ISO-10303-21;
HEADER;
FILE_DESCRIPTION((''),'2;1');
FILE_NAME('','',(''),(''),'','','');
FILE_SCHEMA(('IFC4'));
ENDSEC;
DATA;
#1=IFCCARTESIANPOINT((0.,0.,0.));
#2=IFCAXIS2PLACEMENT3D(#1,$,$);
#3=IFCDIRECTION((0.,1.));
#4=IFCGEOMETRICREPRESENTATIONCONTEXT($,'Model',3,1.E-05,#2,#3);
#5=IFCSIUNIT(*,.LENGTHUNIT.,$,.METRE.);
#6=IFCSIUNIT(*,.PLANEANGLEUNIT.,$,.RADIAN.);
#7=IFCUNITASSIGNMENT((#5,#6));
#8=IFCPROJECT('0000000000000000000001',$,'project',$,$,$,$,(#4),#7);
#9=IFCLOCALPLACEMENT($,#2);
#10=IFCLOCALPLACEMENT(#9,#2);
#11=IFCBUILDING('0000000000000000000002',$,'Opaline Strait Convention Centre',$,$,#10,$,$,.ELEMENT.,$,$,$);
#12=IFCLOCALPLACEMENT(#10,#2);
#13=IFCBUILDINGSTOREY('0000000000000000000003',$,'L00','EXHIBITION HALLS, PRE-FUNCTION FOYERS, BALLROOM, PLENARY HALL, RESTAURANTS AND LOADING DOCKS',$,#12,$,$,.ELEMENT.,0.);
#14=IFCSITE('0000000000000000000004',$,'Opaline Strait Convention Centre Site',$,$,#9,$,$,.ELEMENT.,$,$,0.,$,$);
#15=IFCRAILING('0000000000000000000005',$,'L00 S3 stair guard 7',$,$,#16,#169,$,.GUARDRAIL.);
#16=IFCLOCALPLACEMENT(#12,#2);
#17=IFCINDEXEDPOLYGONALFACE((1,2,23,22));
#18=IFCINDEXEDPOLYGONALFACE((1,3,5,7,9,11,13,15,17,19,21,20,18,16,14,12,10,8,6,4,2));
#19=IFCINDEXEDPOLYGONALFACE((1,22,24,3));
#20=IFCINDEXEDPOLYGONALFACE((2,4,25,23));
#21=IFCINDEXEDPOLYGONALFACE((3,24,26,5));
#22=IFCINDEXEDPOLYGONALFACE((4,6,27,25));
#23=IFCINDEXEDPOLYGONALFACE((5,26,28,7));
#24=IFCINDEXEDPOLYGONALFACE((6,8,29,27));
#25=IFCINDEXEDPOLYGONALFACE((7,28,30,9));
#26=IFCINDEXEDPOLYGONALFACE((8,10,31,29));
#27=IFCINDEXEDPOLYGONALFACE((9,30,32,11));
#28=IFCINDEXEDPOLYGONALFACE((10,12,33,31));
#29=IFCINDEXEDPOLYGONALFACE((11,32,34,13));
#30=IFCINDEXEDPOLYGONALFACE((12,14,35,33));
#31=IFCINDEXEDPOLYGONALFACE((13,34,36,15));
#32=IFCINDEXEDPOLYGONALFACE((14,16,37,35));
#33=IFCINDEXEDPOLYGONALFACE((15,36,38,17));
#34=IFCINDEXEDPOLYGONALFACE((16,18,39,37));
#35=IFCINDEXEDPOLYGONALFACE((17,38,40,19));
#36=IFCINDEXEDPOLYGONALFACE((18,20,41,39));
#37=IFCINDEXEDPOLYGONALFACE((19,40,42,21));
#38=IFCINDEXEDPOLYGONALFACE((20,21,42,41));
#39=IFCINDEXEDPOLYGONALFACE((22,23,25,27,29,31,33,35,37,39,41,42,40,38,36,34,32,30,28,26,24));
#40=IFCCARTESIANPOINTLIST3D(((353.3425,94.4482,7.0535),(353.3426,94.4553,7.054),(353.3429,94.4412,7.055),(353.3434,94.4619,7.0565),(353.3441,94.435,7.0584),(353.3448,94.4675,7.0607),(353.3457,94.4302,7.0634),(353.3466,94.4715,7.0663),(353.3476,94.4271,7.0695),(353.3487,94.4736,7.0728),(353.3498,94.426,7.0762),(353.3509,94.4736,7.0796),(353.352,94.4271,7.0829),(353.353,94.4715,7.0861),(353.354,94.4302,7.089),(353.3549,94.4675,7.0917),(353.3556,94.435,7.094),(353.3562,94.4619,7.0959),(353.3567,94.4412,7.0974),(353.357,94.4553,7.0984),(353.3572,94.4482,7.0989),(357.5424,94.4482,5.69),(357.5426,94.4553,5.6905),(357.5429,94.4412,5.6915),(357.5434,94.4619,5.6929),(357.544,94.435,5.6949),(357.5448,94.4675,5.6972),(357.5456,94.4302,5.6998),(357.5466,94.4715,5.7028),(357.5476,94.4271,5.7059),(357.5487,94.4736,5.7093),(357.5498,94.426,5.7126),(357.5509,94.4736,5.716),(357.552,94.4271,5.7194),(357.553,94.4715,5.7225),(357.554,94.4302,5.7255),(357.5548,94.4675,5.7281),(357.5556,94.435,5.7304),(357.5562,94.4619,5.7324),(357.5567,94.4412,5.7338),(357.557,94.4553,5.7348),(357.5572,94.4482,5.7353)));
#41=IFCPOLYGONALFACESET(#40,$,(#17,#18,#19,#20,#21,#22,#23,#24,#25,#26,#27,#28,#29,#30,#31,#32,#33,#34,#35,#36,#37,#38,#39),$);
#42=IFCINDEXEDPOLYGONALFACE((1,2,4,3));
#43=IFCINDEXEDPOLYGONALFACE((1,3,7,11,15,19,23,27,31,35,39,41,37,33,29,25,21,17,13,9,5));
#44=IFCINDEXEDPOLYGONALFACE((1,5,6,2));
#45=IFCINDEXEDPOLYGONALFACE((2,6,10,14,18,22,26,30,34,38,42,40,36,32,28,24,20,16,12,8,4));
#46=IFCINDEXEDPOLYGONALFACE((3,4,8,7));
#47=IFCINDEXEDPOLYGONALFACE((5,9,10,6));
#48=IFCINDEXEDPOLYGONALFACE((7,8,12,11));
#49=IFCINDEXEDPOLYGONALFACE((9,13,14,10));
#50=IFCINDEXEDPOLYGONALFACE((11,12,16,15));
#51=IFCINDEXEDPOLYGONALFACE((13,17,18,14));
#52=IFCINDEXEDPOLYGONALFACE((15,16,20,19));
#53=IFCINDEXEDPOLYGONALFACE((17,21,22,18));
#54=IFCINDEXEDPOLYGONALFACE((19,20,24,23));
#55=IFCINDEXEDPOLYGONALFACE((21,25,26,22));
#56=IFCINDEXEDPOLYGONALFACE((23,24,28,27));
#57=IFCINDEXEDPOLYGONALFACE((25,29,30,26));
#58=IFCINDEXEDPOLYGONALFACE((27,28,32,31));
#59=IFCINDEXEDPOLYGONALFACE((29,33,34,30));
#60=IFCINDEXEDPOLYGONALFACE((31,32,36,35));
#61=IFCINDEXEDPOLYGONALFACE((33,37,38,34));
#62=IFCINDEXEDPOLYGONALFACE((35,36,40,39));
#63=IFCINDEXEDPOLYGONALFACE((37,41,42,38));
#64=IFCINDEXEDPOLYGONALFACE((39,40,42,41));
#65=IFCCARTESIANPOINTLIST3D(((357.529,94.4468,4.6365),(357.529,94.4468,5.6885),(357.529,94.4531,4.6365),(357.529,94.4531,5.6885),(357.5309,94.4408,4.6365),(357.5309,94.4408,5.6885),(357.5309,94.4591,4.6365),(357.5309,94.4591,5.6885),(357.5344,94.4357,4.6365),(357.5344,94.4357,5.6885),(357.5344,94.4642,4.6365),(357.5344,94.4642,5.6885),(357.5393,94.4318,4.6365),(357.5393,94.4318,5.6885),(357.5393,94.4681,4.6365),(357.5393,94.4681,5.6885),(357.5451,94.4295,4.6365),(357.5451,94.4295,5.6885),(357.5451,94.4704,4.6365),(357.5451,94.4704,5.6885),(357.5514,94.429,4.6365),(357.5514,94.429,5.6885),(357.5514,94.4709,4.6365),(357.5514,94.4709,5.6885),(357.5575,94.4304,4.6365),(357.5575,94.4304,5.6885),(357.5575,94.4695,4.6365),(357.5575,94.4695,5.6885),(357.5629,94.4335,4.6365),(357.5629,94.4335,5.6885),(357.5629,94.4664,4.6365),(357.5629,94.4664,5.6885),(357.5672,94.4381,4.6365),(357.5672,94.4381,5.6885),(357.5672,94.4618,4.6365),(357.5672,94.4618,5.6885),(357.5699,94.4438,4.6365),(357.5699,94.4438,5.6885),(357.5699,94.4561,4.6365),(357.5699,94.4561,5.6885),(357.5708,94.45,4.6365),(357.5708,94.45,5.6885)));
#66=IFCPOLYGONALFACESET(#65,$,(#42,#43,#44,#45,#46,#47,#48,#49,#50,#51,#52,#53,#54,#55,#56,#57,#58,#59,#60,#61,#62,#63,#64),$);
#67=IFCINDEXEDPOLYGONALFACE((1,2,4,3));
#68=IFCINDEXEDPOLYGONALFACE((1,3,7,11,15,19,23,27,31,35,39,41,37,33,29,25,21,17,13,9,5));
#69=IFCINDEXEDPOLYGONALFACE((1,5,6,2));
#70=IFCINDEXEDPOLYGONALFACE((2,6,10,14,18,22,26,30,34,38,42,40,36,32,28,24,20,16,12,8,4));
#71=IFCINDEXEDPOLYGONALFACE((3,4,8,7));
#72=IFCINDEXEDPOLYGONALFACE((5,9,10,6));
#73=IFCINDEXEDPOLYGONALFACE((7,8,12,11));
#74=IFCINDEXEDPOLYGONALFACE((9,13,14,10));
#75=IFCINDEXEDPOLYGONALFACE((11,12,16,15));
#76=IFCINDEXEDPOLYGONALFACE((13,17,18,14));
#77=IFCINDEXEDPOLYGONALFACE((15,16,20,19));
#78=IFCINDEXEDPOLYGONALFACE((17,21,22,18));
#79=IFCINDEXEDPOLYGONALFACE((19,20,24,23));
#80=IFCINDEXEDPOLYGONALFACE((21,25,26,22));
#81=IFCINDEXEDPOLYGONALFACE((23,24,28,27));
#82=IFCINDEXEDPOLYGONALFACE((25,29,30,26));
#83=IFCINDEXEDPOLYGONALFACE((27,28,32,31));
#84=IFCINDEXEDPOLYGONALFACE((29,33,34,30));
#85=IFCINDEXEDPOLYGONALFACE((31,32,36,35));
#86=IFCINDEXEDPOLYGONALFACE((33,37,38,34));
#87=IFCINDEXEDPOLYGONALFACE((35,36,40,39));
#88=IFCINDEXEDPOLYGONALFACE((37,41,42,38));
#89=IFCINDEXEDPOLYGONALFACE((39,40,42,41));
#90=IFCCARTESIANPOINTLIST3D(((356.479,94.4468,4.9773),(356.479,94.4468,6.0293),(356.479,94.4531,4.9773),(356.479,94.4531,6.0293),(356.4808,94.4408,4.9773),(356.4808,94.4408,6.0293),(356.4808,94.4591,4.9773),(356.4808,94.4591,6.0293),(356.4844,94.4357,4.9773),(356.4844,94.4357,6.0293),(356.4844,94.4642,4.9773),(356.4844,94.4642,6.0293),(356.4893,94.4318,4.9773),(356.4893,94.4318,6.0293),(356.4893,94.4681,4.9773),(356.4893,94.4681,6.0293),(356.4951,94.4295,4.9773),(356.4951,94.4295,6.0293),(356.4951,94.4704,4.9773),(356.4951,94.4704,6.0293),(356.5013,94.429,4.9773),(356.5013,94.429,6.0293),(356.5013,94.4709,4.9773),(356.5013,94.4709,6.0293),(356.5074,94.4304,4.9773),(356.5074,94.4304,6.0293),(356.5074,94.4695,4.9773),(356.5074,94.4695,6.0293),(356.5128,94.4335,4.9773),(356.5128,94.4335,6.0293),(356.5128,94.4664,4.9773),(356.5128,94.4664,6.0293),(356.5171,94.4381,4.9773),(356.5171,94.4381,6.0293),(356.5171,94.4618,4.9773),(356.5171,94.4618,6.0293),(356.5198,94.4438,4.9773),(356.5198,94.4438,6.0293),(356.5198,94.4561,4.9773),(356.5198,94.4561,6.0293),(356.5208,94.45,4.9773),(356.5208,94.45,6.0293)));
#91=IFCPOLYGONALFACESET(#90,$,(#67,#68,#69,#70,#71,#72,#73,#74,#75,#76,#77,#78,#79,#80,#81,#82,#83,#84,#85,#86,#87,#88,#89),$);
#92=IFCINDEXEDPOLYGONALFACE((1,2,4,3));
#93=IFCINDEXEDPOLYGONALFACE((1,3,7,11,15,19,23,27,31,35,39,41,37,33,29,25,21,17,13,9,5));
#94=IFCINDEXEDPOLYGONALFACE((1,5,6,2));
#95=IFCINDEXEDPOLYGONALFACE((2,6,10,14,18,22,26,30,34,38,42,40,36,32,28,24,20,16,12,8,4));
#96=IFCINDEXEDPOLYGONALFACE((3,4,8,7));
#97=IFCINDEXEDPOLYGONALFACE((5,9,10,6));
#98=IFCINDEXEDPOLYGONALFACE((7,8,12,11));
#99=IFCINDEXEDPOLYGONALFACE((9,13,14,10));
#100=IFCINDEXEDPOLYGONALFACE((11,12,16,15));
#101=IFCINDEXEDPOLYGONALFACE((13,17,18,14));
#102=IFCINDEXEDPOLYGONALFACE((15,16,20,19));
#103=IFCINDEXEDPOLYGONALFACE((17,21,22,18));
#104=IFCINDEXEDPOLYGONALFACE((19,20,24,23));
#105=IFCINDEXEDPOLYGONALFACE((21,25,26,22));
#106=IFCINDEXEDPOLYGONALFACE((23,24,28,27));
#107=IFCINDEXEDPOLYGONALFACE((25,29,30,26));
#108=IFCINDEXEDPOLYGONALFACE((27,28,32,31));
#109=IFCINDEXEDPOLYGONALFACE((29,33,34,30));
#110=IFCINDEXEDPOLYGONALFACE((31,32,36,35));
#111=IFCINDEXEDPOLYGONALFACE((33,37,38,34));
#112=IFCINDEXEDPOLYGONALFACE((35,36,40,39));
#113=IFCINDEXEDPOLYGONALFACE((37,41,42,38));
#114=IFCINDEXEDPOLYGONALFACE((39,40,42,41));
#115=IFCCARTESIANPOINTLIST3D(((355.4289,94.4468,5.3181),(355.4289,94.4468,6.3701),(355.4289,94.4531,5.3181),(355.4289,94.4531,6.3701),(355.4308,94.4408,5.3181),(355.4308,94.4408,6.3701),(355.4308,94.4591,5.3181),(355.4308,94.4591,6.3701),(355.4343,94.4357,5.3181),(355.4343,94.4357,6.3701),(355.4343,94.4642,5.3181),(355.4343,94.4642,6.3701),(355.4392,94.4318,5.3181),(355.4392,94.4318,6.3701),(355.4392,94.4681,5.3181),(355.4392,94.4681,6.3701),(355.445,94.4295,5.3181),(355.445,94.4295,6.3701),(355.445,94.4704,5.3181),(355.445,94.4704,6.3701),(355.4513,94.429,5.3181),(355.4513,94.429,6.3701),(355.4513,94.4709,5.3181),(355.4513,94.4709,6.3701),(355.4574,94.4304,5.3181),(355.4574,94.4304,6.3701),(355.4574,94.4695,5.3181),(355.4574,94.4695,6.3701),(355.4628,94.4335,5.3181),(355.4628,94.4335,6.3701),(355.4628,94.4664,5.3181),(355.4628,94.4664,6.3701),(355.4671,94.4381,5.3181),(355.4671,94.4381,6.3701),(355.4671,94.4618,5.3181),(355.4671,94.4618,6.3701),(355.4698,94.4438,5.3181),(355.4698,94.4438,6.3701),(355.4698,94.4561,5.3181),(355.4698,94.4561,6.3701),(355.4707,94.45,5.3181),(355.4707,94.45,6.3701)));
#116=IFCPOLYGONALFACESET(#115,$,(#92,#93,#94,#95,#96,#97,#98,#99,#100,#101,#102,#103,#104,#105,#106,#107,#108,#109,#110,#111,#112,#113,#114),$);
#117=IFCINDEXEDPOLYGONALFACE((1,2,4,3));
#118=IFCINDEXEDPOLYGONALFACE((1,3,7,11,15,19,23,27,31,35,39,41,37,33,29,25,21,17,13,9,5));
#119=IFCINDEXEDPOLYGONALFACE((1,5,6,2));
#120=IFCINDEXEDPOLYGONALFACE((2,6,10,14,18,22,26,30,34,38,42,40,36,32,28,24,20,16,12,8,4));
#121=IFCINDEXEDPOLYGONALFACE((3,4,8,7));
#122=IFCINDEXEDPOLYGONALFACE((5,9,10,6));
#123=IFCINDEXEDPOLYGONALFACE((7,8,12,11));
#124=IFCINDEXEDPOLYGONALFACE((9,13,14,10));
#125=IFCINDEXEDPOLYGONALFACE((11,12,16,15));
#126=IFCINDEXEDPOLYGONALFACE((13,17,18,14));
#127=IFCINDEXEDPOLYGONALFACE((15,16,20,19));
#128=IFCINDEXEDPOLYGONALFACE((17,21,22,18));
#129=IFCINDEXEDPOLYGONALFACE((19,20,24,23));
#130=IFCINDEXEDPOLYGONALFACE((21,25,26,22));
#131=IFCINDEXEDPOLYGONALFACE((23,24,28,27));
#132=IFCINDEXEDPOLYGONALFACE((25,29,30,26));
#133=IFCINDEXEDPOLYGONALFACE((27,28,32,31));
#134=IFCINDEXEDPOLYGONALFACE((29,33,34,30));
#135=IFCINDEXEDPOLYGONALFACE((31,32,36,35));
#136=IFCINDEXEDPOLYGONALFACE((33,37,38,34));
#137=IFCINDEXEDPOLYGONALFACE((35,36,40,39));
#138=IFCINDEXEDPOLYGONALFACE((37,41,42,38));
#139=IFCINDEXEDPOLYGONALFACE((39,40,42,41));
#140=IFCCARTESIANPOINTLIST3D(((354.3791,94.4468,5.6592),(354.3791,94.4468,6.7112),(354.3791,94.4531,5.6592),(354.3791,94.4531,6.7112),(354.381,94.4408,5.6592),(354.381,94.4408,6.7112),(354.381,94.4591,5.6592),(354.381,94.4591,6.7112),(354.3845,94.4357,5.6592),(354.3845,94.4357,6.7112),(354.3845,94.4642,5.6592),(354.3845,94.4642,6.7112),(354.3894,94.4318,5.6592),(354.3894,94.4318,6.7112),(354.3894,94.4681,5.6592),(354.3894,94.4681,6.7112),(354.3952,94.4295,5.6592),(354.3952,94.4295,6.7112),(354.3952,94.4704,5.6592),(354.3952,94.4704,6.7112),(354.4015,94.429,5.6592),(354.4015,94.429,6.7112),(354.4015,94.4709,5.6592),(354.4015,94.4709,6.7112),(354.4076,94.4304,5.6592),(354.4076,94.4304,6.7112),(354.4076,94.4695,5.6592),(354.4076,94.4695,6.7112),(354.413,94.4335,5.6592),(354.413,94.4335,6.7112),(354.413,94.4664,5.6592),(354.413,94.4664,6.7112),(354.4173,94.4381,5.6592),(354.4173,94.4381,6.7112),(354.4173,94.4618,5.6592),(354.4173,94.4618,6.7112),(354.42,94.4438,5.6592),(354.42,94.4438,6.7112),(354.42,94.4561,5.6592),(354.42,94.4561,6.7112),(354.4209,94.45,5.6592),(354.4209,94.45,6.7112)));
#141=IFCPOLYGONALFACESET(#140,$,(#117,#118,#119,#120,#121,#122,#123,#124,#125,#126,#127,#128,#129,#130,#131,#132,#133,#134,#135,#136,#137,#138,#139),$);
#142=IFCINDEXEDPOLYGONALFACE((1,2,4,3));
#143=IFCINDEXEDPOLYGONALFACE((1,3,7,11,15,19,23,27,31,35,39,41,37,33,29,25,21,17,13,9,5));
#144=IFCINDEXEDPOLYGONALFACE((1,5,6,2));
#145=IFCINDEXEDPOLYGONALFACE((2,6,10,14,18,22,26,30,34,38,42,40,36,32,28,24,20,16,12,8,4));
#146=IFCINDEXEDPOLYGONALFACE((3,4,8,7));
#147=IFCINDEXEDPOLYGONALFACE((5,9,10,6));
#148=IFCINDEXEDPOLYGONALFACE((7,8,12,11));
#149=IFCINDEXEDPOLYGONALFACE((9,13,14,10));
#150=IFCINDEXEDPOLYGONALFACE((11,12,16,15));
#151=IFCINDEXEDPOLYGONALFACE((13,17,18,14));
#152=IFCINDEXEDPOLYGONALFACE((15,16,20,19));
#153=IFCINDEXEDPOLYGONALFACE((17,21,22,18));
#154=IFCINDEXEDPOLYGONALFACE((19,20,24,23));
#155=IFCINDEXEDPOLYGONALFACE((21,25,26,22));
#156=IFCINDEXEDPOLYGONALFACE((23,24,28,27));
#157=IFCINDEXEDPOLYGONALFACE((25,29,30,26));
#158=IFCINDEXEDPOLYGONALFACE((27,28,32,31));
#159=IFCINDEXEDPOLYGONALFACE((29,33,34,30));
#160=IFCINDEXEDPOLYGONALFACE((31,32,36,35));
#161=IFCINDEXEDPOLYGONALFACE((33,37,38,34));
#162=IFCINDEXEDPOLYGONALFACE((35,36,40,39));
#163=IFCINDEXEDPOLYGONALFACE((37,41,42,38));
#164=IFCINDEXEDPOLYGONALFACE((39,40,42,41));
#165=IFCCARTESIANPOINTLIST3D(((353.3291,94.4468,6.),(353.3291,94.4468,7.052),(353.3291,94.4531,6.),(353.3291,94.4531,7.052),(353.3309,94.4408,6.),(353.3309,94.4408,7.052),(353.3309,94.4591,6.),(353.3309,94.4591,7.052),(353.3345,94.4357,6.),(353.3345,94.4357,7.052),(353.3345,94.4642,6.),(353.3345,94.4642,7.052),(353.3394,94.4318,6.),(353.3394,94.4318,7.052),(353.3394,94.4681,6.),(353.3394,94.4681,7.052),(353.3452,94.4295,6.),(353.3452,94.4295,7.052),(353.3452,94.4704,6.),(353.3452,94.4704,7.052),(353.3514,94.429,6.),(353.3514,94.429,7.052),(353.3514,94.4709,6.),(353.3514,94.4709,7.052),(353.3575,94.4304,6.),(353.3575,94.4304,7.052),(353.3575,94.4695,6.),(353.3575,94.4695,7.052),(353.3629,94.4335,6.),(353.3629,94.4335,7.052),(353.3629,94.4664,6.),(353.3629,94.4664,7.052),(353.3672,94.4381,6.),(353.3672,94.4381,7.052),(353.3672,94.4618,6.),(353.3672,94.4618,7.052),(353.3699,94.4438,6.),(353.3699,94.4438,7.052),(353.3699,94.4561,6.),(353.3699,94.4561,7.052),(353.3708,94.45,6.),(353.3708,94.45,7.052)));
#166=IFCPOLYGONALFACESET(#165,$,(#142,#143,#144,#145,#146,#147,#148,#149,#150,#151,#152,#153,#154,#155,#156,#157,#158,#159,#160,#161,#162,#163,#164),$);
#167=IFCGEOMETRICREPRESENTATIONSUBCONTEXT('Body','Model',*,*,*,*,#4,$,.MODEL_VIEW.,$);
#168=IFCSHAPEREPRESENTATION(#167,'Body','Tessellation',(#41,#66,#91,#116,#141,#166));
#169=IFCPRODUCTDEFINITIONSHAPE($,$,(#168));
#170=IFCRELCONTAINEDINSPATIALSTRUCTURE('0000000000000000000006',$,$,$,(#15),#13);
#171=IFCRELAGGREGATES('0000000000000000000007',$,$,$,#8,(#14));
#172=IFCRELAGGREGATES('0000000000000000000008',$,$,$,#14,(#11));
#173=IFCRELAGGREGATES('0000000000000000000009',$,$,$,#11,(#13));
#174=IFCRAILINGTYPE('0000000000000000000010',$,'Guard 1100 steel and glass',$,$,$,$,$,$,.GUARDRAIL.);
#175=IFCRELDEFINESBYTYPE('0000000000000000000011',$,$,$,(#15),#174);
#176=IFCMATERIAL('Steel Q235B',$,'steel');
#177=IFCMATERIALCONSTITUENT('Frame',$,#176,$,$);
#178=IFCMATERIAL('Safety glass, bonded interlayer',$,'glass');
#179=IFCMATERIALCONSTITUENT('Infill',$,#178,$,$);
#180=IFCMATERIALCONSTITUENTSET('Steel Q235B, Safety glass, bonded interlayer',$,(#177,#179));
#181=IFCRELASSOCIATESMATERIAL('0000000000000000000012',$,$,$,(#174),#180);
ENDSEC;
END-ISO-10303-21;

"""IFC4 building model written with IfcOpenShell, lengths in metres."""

from ifc_helpers import new_model, si_unit, direction, frame, origin, origin_2d, place, context, subcontext, project, spatial, circle, extrude, material, constituent, constituent_set, type_object, element, save


model = new_model("IFC4")

# Units and contexts
model_context = context("Model", 3, precision=1e-05, world=origin(), true_north=direction((0.0, 1.0)))
body_context = subcontext(model_context, "Body", "Model", "MODEL_VIEW")
ifc_project = project(units=[si_unit("LENGTHUNIT", "METRE"), si_unit("PLANEANGLEUNIT", "RADIAN")], contexts=[model_context])

# Site, building, storey
site_placement = place(None, origin())
site = spatial("IfcSite", under=ifc_project, at=site_placement, Name="Opaline Strait Convention Centre Site", CompositionType="ELEMENT", RefElevation=0.0)
building_placement = place(site_placement, origin())
building = spatial("IfcBuilding", under=site, at=building_placement, Name="Opaline Strait Convention Centre", CompositionType="ELEMENT")
storey_placement = place(building_placement, origin())
storey = spatial("IfcBuildingStorey", under=building, at=storey_placement, Name="L00", Description="EXHIBITION HALLS, PRE-FUNCTION FOYERS, BALLROOM, PLENARY HALL, RESTAURANTS AND LOADING DOCKS", CompositionType="ELEMENT", Elevation=0.0)

# Shared definitions
ifc_material_1 = material(Name="Steel Q235B", Category="steel")

# Railing
ifc_constituent_1 = constituent(ifc_material_1, Name="Frame")
ifc_material_2 = material(Name="Safety glass, bonded interlayer", Category="glass")
ifc_constituent_2 = constituent(ifc_material_2, Name="Infill")
ifc_constituent_set = constituent_set(constituents=[ifc_constituent_1, ifc_constituent_2], Name="Steel Q235B, Safety glass, bonded interlayer")
railing_type = type_object("IfcRailingType", Name="Guard 1100 steel and glass", PredefinedType="GUARDRAIL", material=ifc_constituent_set)
railing_1_placement = place(storey_placement, frame((357.5498, 94.45, 4.6365)))
element("IfcRailing", 1, at=railing_1_placement, inside=storey, type_object=railing_type, Name="L00 S3 stair guard 7", PredefinedType="GUARDRAIL", context=body_context, shape_type="SweptSolid", body=[
    extrude(circle(Radius=0.0239, at=origin_2d()), frame((0.0, 0.0, 1.0762), z_axis=(-0.951131, 0.0, 0.308787), x_axis=(0.0, -1.0, 0.0)), (0.0, 0.0, 1.0), 4.4158),
    extrude(circle(Radius=0.021, at=origin_2d()), origin(), (0.0, 0.0, 1.0), 1.052),
    extrude(circle(Radius=0.021, at=origin_2d()), frame((-1.05, 0.0, 0.3408)), (0.0, 0.0, 1.0), 1.052),
    extrude(circle(Radius=0.021, at=origin_2d()), frame((-2.1001, 0.0, 0.6816)), (0.0, 0.0, 1.0), 1.052),
    extrude(circle(Radius=0.021, at=origin_2d()), frame((-3.1499, 0.0, 1.0227)), (0.0, 0.0, 1.0), 1.052),
    extrude(circle(Radius=0.021, at=origin_2d()), frame((-4.2, 0.0, 1.3635)), (0.0, 0.0, 1.0), 1.052),
])

save(model, "model.ifc")
